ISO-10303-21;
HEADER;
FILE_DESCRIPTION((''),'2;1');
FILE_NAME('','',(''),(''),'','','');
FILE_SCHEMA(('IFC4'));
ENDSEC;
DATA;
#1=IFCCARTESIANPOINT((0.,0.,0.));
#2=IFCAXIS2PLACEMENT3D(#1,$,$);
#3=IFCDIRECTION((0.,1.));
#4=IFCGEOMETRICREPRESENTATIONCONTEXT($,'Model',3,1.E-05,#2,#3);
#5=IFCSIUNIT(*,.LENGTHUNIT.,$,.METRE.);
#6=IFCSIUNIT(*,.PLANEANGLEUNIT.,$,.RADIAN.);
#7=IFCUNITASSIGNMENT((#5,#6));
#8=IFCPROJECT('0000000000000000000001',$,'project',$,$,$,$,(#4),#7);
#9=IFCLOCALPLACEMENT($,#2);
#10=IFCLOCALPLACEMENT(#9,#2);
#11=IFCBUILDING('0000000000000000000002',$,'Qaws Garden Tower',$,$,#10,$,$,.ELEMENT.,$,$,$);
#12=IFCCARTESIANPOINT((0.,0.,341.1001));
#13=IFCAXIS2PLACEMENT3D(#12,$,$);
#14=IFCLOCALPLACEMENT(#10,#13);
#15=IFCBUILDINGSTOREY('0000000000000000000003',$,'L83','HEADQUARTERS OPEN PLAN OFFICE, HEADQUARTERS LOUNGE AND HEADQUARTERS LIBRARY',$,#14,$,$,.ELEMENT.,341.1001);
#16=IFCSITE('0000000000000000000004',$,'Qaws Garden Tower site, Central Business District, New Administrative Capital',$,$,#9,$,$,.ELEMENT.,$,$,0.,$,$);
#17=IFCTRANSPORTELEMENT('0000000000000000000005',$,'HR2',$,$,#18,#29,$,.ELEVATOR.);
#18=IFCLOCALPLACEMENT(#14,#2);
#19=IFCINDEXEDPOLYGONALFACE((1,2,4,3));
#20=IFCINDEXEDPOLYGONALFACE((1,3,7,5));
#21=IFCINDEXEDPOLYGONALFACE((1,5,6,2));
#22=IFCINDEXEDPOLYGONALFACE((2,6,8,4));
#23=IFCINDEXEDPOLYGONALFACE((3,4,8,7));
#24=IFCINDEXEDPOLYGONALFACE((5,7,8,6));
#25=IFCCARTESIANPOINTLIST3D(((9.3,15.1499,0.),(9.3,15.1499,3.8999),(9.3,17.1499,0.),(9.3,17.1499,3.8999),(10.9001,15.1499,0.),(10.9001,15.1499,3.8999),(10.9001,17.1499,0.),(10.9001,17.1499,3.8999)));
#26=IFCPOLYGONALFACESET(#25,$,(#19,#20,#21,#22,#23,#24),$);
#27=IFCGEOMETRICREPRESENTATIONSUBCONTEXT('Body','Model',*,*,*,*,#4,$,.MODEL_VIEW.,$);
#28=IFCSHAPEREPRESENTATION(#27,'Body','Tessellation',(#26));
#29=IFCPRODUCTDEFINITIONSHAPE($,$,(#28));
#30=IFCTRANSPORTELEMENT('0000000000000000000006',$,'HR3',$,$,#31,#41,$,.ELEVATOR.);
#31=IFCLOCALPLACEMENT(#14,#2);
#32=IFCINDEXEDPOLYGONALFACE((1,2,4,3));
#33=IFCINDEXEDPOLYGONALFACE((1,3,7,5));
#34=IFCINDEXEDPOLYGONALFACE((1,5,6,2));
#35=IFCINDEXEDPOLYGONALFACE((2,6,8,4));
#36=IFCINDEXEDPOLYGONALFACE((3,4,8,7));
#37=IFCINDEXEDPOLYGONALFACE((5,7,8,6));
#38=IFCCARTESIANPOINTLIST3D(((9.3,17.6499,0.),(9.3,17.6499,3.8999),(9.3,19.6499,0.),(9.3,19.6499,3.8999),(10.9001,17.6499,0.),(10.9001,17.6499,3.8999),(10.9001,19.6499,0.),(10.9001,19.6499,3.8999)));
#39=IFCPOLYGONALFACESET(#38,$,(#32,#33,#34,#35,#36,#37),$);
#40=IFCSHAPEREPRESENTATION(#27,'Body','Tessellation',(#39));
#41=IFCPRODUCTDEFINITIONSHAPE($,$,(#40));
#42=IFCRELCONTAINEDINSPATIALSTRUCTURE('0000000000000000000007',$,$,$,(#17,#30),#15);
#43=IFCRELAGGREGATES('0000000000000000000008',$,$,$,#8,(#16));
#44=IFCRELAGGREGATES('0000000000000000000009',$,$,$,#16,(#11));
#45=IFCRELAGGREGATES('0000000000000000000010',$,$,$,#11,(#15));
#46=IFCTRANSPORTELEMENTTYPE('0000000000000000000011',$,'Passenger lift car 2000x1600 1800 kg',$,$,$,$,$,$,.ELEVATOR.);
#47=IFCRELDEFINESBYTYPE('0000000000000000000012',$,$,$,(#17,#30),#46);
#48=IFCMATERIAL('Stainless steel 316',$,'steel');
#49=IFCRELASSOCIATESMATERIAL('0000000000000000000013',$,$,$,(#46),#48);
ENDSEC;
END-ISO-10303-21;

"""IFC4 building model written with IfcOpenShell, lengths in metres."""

from ifc_helpers import new_model, si_unit, direction, frame, origin, origin_2d, place, context, subcontext, project, spatial, rectangle, extrude, material, type_object, element, save


model = new_model("IFC4")

# Units and contexts
model_context = context("Model", 3, precision=1e-05, world=origin(), true_north=direction((0.0, 1.0)))
body_context = subcontext(model_context, "Body", "Model", "MODEL_VIEW")
ifc_project = project(units=[si_unit("LENGTHUNIT", "METRE"), si_unit("PLANEANGLEUNIT", "RADIAN")], contexts=[model_context])

# Site, building, storey
site_placement = place(None, origin())
site = spatial("IfcSite", under=ifc_project, at=site_placement, Name="Qaws Garden Tower site, Central Business District, New Administrative Capital", CompositionType="ELEMENT", RefElevation=0.0)
building_placement = place(site_placement, origin())
building = spatial("IfcBuilding", under=site, at=building_placement, Name="Qaws Garden Tower", CompositionType="ELEMENT")
storey_placement = place(building_placement, frame((0.0, 0.0, 341.1001)))
storey = spatial("IfcBuildingStorey", under=building, at=storey_placement, Name="L83", Description="HEADQUARTERS OPEN PLAN OFFICE, HEADQUARTERS LOUNGE AND HEADQUARTERS LIBRARY", CompositionType="ELEMENT", Elevation=341.1001)

# Transport elements
ifc_material_1 = material(Name="Stainless steel 316", Category="steel")
transport_element_type = type_object("IfcTransportElementType", Name="Passenger lift car 2000x1600 1800 kg", PredefinedType="ELEVATOR", material=ifc_material_1)
for number, where, z_axis, x_axis, name in (
    (1, (10.1001, 16.1499, 0.0), (0.0, 0.0, 1.0), (1.0, 0.0, 0.0), "HR2"),
    (2, (10.1001, 18.6499, 0.0), (0.0, 0.0, 1.0), (1.0, 0.0, 0.0), "HR3"),
):
    element("IfcTransportElement", number, at=place(storey_placement, frame(where, z_axis=z_axis, x_axis=x_axis)), inside=storey, type_object=transport_element_type, Name=name, PredefinedType="ELEVATOR", context=body_context, shape_type="SweptSolid", body=[
        extrude(rectangle(XDim=1.6001, YDim=2.0, at=origin_2d()), origin(), (0.0, 0.0, 1.0), 3.8999),
    ])

save(model, "model.ifc")
